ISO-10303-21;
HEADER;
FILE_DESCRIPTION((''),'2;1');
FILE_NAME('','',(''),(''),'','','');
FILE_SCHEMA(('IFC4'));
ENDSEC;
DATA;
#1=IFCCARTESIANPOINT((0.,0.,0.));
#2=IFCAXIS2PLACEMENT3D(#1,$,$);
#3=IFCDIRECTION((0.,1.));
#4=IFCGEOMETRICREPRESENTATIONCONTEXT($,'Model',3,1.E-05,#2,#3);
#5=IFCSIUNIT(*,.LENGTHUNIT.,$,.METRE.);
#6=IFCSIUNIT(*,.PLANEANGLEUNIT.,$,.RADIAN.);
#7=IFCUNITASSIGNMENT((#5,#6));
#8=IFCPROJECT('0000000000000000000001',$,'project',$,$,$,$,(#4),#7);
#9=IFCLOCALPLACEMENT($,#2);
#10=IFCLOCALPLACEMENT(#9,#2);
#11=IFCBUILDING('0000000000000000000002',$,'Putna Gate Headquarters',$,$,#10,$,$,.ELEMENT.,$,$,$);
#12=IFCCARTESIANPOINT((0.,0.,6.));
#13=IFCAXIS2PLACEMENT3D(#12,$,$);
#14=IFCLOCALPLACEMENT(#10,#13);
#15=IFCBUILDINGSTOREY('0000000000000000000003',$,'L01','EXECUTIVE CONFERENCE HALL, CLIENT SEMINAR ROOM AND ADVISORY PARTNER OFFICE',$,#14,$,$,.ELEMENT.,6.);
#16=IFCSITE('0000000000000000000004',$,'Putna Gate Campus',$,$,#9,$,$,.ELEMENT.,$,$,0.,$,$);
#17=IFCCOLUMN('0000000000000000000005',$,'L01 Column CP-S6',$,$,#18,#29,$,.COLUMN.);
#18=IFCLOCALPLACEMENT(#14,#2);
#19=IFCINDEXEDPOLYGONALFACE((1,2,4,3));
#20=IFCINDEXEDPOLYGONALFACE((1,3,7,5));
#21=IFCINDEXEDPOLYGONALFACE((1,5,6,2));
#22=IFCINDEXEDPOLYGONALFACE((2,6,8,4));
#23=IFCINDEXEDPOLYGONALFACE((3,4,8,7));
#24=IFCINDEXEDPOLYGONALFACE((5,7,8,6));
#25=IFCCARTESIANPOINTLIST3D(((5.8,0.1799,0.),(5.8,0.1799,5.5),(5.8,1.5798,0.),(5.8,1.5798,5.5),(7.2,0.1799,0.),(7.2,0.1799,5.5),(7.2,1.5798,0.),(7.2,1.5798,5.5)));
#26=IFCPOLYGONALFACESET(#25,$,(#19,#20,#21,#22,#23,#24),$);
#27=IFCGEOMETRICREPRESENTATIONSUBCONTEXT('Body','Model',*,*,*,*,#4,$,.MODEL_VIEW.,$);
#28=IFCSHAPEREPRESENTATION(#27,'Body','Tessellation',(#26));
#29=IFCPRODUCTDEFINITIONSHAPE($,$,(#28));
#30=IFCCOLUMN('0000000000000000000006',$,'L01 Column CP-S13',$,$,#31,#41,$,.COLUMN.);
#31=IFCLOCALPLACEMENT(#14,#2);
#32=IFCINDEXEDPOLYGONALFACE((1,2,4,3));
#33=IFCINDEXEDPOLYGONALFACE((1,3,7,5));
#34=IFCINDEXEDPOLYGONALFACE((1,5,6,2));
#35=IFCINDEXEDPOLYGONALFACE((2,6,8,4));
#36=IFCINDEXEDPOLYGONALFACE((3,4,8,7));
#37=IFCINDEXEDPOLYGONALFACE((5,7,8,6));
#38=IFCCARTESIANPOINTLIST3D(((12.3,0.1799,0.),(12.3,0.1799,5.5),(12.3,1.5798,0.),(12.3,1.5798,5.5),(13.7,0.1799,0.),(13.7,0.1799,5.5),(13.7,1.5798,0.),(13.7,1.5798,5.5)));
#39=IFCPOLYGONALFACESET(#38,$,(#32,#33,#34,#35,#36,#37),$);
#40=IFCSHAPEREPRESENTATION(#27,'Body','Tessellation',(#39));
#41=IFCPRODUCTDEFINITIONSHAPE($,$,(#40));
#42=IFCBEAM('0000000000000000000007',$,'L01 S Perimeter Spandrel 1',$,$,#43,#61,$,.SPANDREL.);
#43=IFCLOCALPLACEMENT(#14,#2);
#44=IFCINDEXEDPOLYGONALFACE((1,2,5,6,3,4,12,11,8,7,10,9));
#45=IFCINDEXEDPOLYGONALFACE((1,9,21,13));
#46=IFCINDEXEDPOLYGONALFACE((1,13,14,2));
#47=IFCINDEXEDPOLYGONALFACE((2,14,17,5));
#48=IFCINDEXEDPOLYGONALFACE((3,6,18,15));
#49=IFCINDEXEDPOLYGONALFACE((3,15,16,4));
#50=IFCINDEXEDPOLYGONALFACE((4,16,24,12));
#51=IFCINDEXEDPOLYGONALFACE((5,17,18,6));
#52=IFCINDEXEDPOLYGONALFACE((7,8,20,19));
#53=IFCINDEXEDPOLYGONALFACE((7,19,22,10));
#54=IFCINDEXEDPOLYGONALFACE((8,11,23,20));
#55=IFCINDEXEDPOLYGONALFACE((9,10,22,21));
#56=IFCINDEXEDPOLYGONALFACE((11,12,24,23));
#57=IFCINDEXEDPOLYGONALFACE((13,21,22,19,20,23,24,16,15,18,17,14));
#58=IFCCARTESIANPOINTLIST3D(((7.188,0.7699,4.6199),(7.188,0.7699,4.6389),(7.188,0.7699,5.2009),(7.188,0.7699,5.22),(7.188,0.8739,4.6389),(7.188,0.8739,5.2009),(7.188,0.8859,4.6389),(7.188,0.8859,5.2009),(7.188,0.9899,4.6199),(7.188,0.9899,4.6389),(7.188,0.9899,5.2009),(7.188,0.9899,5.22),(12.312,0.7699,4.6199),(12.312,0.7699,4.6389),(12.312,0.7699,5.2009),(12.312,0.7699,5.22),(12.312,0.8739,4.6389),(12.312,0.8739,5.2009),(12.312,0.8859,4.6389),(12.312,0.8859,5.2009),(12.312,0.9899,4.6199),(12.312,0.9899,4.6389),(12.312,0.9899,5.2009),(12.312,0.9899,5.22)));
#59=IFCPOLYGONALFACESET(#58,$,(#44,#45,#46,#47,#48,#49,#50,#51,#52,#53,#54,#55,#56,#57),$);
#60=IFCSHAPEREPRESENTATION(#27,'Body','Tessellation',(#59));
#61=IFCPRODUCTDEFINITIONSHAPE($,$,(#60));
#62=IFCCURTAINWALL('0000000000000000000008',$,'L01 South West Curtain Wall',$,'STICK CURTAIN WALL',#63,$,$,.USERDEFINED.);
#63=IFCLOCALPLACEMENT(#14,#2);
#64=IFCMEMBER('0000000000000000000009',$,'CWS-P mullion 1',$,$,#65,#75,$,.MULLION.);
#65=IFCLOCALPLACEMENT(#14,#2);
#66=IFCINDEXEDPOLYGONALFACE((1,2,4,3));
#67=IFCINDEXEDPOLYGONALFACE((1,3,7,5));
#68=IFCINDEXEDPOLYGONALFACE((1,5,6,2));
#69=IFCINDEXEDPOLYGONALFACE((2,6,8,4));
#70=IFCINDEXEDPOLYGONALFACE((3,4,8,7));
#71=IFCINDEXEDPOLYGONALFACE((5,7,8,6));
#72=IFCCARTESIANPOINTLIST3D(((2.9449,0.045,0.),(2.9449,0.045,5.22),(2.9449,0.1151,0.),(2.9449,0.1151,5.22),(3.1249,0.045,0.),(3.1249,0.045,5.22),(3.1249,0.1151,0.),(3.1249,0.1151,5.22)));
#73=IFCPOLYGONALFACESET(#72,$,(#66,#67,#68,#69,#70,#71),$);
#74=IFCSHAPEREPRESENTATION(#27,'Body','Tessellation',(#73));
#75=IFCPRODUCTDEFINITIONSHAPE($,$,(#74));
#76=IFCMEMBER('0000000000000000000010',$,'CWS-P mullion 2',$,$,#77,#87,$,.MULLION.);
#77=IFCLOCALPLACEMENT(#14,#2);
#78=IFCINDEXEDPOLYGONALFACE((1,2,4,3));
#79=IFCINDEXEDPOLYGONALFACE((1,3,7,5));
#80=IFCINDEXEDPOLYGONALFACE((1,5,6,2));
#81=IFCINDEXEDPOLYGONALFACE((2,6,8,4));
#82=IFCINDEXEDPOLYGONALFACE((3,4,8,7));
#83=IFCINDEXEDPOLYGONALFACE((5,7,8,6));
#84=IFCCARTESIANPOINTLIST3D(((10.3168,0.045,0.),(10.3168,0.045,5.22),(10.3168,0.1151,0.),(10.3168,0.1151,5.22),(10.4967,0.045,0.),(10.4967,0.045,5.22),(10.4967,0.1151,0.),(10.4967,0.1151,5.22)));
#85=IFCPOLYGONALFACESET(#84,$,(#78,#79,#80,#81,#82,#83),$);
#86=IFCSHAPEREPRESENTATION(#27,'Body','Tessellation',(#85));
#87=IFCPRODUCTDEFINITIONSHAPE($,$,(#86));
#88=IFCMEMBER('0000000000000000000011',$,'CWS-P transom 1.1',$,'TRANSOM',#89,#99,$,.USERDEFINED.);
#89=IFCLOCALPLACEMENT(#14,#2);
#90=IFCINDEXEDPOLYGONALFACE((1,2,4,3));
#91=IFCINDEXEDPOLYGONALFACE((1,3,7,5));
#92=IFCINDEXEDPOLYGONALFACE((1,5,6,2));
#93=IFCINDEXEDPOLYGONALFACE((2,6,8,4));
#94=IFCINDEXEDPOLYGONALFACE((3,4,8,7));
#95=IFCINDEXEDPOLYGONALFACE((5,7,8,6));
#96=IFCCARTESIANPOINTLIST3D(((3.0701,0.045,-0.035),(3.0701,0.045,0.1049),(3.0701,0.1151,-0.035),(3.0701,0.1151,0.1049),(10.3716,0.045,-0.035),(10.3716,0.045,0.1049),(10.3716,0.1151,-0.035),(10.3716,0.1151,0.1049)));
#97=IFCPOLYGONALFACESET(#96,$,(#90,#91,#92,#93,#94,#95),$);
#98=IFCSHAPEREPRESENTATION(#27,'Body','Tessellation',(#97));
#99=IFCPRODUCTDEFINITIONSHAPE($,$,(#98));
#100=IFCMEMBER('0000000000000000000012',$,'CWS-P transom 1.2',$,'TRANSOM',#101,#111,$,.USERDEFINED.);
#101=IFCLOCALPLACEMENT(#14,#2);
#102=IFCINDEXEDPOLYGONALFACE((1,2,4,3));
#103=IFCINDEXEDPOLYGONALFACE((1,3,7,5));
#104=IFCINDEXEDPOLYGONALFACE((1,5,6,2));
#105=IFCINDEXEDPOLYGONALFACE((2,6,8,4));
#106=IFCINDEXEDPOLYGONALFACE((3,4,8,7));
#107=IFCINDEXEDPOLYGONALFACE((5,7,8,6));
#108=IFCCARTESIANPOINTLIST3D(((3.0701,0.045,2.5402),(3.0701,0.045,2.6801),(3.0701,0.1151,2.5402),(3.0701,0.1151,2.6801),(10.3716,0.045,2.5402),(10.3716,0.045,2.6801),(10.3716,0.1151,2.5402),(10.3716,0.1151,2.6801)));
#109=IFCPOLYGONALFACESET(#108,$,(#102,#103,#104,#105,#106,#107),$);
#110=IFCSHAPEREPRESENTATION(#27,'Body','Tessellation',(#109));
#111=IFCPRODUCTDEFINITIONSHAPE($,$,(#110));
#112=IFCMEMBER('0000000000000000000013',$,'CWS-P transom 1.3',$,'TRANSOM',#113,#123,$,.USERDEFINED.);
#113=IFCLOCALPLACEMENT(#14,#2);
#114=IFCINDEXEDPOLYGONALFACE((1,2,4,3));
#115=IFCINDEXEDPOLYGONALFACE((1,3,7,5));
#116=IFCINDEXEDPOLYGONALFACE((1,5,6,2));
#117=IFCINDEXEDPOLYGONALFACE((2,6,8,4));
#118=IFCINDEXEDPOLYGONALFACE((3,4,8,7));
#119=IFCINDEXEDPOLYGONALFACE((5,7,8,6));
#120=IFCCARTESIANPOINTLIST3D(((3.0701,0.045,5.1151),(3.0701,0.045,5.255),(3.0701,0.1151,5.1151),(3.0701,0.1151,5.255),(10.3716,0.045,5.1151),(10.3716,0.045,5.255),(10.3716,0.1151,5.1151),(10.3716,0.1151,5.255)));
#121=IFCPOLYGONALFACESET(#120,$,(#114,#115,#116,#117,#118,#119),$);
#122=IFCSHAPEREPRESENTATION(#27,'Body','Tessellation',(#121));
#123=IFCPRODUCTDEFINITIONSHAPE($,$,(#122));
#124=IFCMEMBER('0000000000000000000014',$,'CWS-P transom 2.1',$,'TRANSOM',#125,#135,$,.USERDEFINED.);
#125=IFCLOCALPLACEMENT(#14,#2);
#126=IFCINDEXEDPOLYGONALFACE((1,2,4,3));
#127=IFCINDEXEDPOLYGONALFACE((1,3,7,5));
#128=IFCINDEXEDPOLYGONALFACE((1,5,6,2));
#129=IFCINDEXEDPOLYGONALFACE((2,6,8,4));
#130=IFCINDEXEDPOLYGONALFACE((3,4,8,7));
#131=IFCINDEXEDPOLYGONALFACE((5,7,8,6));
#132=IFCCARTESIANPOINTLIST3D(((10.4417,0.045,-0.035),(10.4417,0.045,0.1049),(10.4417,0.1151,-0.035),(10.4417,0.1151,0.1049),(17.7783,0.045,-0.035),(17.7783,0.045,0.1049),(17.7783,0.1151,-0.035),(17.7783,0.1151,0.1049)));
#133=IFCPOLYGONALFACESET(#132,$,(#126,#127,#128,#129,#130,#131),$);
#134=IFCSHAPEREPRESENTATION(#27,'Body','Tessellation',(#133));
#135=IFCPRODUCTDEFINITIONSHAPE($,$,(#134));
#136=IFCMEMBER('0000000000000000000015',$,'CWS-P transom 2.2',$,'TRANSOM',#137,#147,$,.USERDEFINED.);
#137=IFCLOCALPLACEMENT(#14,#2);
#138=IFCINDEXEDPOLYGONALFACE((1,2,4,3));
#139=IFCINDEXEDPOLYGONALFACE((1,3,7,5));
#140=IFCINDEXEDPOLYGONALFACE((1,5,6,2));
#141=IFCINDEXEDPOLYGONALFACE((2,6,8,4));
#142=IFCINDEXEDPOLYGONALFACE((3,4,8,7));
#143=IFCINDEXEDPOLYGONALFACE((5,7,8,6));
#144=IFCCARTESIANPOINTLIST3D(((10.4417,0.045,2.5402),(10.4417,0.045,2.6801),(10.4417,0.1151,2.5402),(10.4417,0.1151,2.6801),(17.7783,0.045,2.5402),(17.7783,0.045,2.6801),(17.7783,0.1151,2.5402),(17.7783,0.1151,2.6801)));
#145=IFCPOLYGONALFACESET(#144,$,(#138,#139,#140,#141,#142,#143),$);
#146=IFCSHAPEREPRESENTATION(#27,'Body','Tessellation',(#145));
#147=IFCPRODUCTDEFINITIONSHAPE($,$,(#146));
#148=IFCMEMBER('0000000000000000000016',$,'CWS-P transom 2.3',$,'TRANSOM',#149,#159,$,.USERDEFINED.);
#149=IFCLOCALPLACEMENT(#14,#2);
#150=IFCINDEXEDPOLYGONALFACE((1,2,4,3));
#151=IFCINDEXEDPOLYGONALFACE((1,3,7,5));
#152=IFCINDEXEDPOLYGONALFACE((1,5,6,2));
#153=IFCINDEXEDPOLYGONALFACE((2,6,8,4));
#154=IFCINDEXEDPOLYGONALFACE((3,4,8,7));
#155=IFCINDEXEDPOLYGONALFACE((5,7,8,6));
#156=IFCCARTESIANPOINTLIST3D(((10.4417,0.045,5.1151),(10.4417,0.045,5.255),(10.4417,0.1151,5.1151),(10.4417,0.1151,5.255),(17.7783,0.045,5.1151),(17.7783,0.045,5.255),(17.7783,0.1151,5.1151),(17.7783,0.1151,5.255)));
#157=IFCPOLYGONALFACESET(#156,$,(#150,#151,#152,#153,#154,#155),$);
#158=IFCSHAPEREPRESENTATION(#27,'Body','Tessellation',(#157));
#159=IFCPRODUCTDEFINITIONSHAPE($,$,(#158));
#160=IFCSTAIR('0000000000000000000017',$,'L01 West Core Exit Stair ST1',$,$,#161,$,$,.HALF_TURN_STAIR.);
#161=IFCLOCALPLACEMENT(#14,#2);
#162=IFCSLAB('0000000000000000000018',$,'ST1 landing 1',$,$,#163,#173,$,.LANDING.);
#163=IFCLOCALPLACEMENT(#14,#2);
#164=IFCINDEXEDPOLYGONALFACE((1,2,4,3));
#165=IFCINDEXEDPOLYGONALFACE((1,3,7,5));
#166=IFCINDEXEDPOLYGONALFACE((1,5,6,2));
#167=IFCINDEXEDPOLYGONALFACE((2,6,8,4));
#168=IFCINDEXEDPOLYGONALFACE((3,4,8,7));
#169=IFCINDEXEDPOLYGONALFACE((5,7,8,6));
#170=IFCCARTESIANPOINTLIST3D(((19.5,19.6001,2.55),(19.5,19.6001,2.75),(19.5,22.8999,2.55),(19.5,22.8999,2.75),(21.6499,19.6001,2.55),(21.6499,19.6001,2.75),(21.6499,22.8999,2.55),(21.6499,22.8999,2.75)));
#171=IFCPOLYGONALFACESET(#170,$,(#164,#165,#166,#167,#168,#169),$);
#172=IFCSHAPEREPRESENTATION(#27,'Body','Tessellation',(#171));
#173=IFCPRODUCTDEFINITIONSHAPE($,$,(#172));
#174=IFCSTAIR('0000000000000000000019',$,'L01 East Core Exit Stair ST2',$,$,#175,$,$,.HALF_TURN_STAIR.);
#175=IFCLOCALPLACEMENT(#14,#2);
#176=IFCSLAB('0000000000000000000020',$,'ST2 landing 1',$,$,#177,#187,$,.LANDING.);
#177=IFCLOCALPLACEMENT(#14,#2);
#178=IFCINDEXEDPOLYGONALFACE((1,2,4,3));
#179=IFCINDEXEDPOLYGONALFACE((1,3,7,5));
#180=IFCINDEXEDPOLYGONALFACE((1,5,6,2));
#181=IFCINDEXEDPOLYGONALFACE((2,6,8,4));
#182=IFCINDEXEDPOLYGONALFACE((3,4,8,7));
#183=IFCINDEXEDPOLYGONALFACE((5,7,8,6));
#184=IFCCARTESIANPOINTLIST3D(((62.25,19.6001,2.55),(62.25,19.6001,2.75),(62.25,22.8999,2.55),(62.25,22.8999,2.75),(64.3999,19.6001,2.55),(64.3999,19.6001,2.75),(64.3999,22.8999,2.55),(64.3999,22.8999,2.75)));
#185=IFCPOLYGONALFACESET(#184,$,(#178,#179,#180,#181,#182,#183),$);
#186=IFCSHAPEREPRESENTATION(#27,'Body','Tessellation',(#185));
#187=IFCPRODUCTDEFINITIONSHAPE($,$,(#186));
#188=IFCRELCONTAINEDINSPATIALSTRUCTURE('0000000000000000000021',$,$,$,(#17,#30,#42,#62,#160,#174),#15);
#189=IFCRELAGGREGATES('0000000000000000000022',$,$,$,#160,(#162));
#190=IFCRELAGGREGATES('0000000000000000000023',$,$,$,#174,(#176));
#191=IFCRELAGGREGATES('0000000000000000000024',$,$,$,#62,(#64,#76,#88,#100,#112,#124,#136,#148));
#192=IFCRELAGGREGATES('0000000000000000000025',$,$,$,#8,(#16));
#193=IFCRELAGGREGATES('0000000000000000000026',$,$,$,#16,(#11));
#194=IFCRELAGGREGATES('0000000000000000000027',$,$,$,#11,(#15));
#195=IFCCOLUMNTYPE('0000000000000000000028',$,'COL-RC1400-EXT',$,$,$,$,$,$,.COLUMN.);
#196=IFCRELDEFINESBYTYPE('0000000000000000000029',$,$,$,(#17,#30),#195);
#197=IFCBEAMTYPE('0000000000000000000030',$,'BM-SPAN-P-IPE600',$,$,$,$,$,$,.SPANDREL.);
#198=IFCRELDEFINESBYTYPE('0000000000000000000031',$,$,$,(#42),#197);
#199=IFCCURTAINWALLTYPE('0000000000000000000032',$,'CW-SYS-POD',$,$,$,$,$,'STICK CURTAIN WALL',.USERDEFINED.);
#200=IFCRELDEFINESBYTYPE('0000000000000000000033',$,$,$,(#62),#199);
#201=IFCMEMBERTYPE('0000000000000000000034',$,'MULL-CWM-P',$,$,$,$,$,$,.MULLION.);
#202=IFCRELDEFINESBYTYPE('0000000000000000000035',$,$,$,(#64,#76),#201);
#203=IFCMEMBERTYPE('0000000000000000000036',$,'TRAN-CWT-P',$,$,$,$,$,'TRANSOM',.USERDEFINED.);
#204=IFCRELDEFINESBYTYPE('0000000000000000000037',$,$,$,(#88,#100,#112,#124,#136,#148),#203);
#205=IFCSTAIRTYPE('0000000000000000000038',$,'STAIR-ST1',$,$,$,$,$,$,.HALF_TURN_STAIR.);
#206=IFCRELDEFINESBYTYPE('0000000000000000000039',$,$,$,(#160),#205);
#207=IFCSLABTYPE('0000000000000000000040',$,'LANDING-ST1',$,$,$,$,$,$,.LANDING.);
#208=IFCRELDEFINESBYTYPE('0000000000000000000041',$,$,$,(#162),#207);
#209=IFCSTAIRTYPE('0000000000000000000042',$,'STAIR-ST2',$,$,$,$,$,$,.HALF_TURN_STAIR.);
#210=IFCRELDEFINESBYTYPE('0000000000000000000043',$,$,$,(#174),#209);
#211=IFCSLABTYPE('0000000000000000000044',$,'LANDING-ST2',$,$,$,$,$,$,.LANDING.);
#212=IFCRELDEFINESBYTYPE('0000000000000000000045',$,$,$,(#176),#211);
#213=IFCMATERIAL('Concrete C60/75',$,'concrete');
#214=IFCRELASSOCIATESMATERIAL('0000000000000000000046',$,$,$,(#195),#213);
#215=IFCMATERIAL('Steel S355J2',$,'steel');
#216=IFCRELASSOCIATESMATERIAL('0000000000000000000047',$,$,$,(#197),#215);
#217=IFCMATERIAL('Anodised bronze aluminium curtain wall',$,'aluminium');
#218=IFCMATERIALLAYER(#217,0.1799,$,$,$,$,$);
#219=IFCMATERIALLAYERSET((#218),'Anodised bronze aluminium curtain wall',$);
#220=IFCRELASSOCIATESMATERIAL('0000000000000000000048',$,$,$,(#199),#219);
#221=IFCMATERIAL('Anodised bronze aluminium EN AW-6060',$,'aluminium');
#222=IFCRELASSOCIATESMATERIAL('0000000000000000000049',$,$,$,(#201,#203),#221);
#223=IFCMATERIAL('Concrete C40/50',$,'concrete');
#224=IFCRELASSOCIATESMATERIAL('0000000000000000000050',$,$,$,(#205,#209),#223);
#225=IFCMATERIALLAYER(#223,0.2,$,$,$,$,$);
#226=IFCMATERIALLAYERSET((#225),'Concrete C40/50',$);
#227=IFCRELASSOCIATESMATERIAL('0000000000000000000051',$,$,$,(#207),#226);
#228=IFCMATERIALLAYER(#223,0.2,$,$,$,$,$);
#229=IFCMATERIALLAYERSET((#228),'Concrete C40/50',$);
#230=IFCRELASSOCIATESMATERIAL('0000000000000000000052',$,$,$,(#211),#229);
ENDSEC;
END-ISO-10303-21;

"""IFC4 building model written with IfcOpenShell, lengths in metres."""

from ifc_helpers import new_model, si_unit, direction, frame, origin, origin_2d, place, context, subcontext, project, spatial, polyline, rectangle, i_section, outline, extrude, material, layer, layer_set, material_profile, profile_set, type_object, element, aggregate, save


model = new_model("IFC4")

# Units and contexts
model_context = context("Model", 3, precision=1e-05, world=origin(), true_north=direction((0.0, 1.0)))
body_context = subcontext(model_context, "Body", "Model", "MODEL_VIEW")
ifc_project = project(units=[si_unit("LENGTHUNIT", "METRE"), si_unit("PLANEANGLEUNIT", "RADIAN")], contexts=[model_context])

# Site, building, storey
site_placement = place(None, origin())
site = spatial("IfcSite", under=ifc_project, at=site_placement, Name="Putna Gate Campus", CompositionType="ELEMENT", RefElevation=0.0)
building_placement = place(site_placement, origin())
building = spatial("IfcBuilding", under=site, at=building_placement, Name="Putna Gate Headquarters", CompositionType="ELEMENT")
storey_placement = place(building_placement, frame((0.0, 0.0, 6.0)))
storey = spatial("IfcBuildingStorey", under=building, at=storey_placement, Name="L01", Description="EXECUTIVE CONFERENCE HALL, CLIENT SEMINAR ROOM AND ADVISORY PARTNER OFFICE", CompositionType="ELEMENT", Elevation=6.0)

# Columns
ifc_material_1 = material(Name="Concrete C60/75", Category="concrete")
ifc_material_profile_1 = material_profile(ifc_material_1, rectangle(XDim=1.3999, YDim=1.3999, at=origin_2d()), Name="Concrete C60/75")
ifc_profile_set_1 = profile_set([ifc_material_profile_1], Name="Concrete C60/75")
column_type = type_object("IfcColumnType", Name="COL-RC1400-EXT", PredefinedType="COLUMN", material=ifc_profile_set_1)
for number, where, z_axis, x_axis, name in (
    (1, (6.5, 0.8799, 0.0), (0.0, 0.0, 1.0), (1.0, 0.0, 0.0), "L01 Column CP-S6"),
    (2, (13.0, 0.8799, 0.0), (0.0, 0.0, 1.0), (1.0, 0.0, 0.0), "L01 Column CP-S13"),
):
    element("IfcColumn", number, at=place(storey_placement, frame(where, z_axis=z_axis, x_axis=x_axis)), inside=storey, type_object=column_type, Name=name, PredefinedType="COLUMN", context=body_context, shape_type="SweptSolid", body=[
        extrude(rectangle(XDim=1.3999, YDim=1.3999, at=origin_2d()), origin(), (0.0, 0.0, 1.0), 5.5),
    ])

# Beam
ifc_material_2 = material(Name="Steel S355J2", Category="steel")
ifc_material_profile_2 = material_profile(ifc_material_2, i_section(OverallWidth=0.22, OverallDepth=0.6001, WebThickness=0.012, FlangeThickness=0.019, at=origin_2d()), Name="Steel S355J2")
ifc_profile_set_2 = profile_set([ifc_material_profile_2], Name="Steel S355J2")
beam_type = type_object("IfcBeamType", Name="BM-SPAN-P-IPE600", PredefinedType="SPANDREL", material=ifc_profile_set_2)
beam_placement = place(storey_placement, frame((7.188, 0.8799, 4.9199), z_axis=(1.0, 0.0, 0.0), x_axis=(0.0, 1.0, 0.0)))
element("IfcBeam", 3, at=beam_placement, inside=storey, type_object=beam_type, Name="L01 S Perimeter Spandrel 1", PredefinedType="SPANDREL", context=body_context, shape_type="SweptSolid", body=[
    extrude(i_section(OverallWidth=0.22, OverallDepth=0.6001, WebThickness=0.012, FlangeThickness=0.019, at=origin_2d()), origin(), (0.0, 0.0, 1.0), 5.124),
])

# Curtain wall, members
ifc_material_3 = material(Name="Anodised bronze aluminium curtain wall", Category="aluminium")
ifc_layer_1 = layer(ifc_material_3, 0.1799)
ifc_layer_set_1 = layer_set([ifc_layer_1], Name="Anodised bronze aluminium curtain wall")
curtain_wall_type = type_object("IfcCurtainWallType", Name="CW-SYS-POD", ElementType="STICK CURTAIN WALL", PredefinedType="USERDEFINED", material=ifc_layer_set_1)
curtain_wall_placement = place(storey_placement, origin())
curtain_wall = element("IfcCurtainWall", 4, at=curtain_wall_placement, inside=storey, type_object=curtain_wall_type, Name="L01 South West Curtain Wall", ObjectType="STICK CURTAIN WALL", PredefinedType="USERDEFINED")
ifc_material_4 = material(Name="Anodised bronze aluminium EN AW-6060", Category="aluminium")
ifc_material_profile_3 = material_profile(ifc_material_4, rectangle(XDim=0.0701, YDim=0.1799, at=origin_2d()), Name="Anodised bronze aluminium EN AW-6060")
ifc_profile_set_3 = profile_set([ifc_material_profile_3], Name="Anodised bronze aluminium EN AW-6060")
member_type_1 = type_object("IfcMemberType", Name="MULL-CWM-P", PredefinedType="MULLION", material=ifc_profile_set_3)
member_1_placement = place(storey_placement, frame((3.0349, 0.0801, 0.0), z_axis=(0.0, 0.0, 1.0), x_axis=(0.0, 1.0, 0.0)))
member_1 = element("IfcMember", 5, at=member_1_placement, type_object=member_type_1, Name="CWS-P mullion 1", PredefinedType="MULLION", context=body_context, shape_type="SweptSolid", body=[
    extrude(rectangle(XDim=0.0701, YDim=0.1799, at=origin_2d()), origin(), (0.0, 0.0, 1.0), 5.22),
])
member_2_placement = place(storey_placement, frame((10.4067, 0.0801, 0.0), z_axis=(0.0, 0.0, 1.0), x_axis=(0.0, 1.0, 0.0)))
member_2 = element("IfcMember", 6, at=member_2_placement, type_object=member_type_1, Name="CWS-P mullion 2", PredefinedType="MULLION", context=body_context, shape_type="SweptSolid", body=[
    extrude(rectangle(XDim=0.0701, YDim=0.1799, at=origin_2d()), origin(), (0.0, 0.0, 1.0), 5.22),
])
ifc_material_profile_4 = material_profile(ifc_material_4, rectangle(XDim=0.0701, YDim=0.1399, at=origin_2d()), Name="Anodised bronze aluminium EN AW-6060")
ifc_profile_set_4 = profile_set([ifc_material_profile_4], Name="Anodised bronze aluminium EN AW-6060")
member_type_2 = type_object("IfcMemberType", Name="TRAN-CWT-P", ElementType="TRANSOM", PredefinedType="USERDEFINED", material=ifc_profile_set_4)
member_3_placement = place(storey_placement, frame((3.0701, 0.0801, 0.0349), z_axis=(1.0, 0.0, 0.0), x_axis=(0.0, 1.0, 0.0)))
member_3 = element("IfcMember", 7, at=member_3_placement, type_object=member_type_2, Name="CWS-P transom 1.1", ObjectType="TRANSOM", PredefinedType="USERDEFINED", context=body_context, shape_type="SweptSolid", body=[
    extrude(rectangle(XDim=0.0701, YDim=0.1399, at=origin_2d()), origin(), (0.0, 0.0, 1.0), 7.3015),
])
member_4_placement = place(storey_placement, frame((3.0701, 0.0801, 2.6101), z_axis=(1.0, 0.0, 0.0), x_axis=(0.0, 1.0, 0.0)))
member_4 = element("IfcMember", 8, at=member_4_placement, type_object=member_type_2, Name="CWS-P transom 1.2", ObjectType="TRANSOM", PredefinedType="USERDEFINED", context=body_context, shape_type="SweptSolid", body=[
    extrude(rectangle(XDim=0.0701, YDim=0.1399, at=origin_2d()), origin(), (0.0, 0.0, 1.0), 7.3015),
])
member_5_placement = place(storey_placement, frame((3.0701, 0.0801, 5.1851), z_axis=(1.0, 0.0, 0.0), x_axis=(0.0, 1.0, 0.0)))
member_5 = element("IfcMember", 9, at=member_5_placement, type_object=member_type_2, Name="CWS-P transom 1.3", ObjectType="TRANSOM", PredefinedType="USERDEFINED", context=body_context, shape_type="SweptSolid", body=[
    extrude(rectangle(XDim=0.0701, YDim=0.1399, at=origin_2d()), origin(), (0.0, 0.0, 1.0), 7.3015),
])
member_6_placement = place(storey_placement, frame((10.4417, 0.0801, 0.0349), z_axis=(1.0, 0.0, 0.0), x_axis=(0.0, 1.0, 0.0)))
member_6 = element("IfcMember", 10, at=member_6_placement, type_object=member_type_2, Name="CWS-P transom 2.1", ObjectType="TRANSOM", PredefinedType="USERDEFINED", context=body_context, shape_type="SweptSolid", body=[
    extrude(rectangle(XDim=0.0701, YDim=0.1399, at=origin_2d()), origin(), (0.0, 0.0, 1.0), 7.3367),
])
member_7_placement = place(storey_placement, frame((10.4417, 0.0801, 2.6101), z_axis=(1.0, 0.0, 0.0), x_axis=(0.0, 1.0, 0.0)))
member_7 = element("IfcMember", 11, at=member_7_placement, type_object=member_type_2, Name="CWS-P transom 2.2", ObjectType="TRANSOM", PredefinedType="USERDEFINED", context=body_context, shape_type="SweptSolid", body=[
    extrude(rectangle(XDim=0.0701, YDim=0.1399, at=origin_2d()), origin(), (0.0, 0.0, 1.0), 7.3367),
])
member_8_placement = place(storey_placement, frame((10.4417, 0.0801, 5.1851), z_axis=(1.0, 0.0, 0.0), x_axis=(0.0, 1.0, 0.0)))
member_8 = element("IfcMember", 12, at=member_8_placement, type_object=member_type_2, Name="CWS-P transom 2.3", ObjectType="TRANSOM", PredefinedType="USERDEFINED", context=body_context, shape_type="SweptSolid", body=[
    extrude(rectangle(XDim=0.0701, YDim=0.1399, at=origin_2d()), origin(), (0.0, 0.0, 1.0), 7.3367),
])

# Stairs, slabs
ifc_material_5 = material(Name="Concrete C40/50", Category="concrete")
stair_type_1 = type_object("IfcStairType", Name="STAIR-ST1", PredefinedType="HALF_TURN_STAIR", material=ifc_material_5)
stair_1_placement = place(storey_placement, origin())
stair_1 = element("IfcStair", 13, at=stair_1_placement, inside=storey, type_object=stair_type_1, Name="L01 West Core Exit Stair ST1", PredefinedType="HALF_TURN_STAIR")
ifc_layer_2 = layer(ifc_material_5, 0.2)
ifc_layer_set_2 = layer_set([ifc_layer_2], Name="Concrete C40/50")
slab_type_1 = type_object("IfcSlabType", Name="LANDING-ST1", PredefinedType="LANDING", material=ifc_layer_set_2)
slab_1_placement = place(storey_placement, frame((0.0, 0.0, 2.55)))
slab_1 = element("IfcSlab", 14, at=slab_1_placement, type_object=slab_type_1, Name="ST1 landing 1", PredefinedType="LANDING", context=body_context, shape_type="SweptSolid", body=[
    extrude(outline(polyline([(19.5, 19.6001), (21.6499, 19.6001), (21.6499, 22.8999), (19.5, 22.8999), (19.5, 19.6001)])), origin(), (0.0, 0.0, 1.0), 0.2),
])
aggregate(stair_1, [slab_1])
stair_type_2 = type_object("IfcStairType", Name="STAIR-ST2", PredefinedType="HALF_TURN_STAIR", material=ifc_material_5)
stair_2_placement = place(storey_placement, origin())
stair_2 = element("IfcStair", 15, at=stair_2_placement, inside=storey, type_object=stair_type_2, Name="L01 East Core Exit Stair ST2", PredefinedType="HALF_TURN_STAIR")
ifc_layer_3 = layer(ifc_material_5, 0.2)
ifc_layer_set_3 = layer_set([ifc_layer_3], Name="Concrete C40/50")
slab_type_2 = type_object("IfcSlabType", Name="LANDING-ST2", PredefinedType="LANDING", material=ifc_layer_set_3)
slab_2_placement = place(storey_placement, frame((0.0, 0.0, 2.55)))
slab_2 = element("IfcSlab", 16, at=slab_2_placement, type_object=slab_type_2, Name="ST2 landing 1", PredefinedType="LANDING", context=body_context, shape_type="SweptSolid", body=[
    extrude(outline(polyline([(62.25, 19.6001), (64.3999, 19.6001), (64.3999, 22.8999), (62.25, 22.8999), (62.25, 19.6001)])), origin(), (0.0, 0.0, 1.0), 0.2),
])
aggregate(stair_2, [slab_2])

aggregate(curtain_wall, [member_1, member_2, member_3, member_4, member_5, member_6, member_7, member_8])

save(model, "model.ifc")
